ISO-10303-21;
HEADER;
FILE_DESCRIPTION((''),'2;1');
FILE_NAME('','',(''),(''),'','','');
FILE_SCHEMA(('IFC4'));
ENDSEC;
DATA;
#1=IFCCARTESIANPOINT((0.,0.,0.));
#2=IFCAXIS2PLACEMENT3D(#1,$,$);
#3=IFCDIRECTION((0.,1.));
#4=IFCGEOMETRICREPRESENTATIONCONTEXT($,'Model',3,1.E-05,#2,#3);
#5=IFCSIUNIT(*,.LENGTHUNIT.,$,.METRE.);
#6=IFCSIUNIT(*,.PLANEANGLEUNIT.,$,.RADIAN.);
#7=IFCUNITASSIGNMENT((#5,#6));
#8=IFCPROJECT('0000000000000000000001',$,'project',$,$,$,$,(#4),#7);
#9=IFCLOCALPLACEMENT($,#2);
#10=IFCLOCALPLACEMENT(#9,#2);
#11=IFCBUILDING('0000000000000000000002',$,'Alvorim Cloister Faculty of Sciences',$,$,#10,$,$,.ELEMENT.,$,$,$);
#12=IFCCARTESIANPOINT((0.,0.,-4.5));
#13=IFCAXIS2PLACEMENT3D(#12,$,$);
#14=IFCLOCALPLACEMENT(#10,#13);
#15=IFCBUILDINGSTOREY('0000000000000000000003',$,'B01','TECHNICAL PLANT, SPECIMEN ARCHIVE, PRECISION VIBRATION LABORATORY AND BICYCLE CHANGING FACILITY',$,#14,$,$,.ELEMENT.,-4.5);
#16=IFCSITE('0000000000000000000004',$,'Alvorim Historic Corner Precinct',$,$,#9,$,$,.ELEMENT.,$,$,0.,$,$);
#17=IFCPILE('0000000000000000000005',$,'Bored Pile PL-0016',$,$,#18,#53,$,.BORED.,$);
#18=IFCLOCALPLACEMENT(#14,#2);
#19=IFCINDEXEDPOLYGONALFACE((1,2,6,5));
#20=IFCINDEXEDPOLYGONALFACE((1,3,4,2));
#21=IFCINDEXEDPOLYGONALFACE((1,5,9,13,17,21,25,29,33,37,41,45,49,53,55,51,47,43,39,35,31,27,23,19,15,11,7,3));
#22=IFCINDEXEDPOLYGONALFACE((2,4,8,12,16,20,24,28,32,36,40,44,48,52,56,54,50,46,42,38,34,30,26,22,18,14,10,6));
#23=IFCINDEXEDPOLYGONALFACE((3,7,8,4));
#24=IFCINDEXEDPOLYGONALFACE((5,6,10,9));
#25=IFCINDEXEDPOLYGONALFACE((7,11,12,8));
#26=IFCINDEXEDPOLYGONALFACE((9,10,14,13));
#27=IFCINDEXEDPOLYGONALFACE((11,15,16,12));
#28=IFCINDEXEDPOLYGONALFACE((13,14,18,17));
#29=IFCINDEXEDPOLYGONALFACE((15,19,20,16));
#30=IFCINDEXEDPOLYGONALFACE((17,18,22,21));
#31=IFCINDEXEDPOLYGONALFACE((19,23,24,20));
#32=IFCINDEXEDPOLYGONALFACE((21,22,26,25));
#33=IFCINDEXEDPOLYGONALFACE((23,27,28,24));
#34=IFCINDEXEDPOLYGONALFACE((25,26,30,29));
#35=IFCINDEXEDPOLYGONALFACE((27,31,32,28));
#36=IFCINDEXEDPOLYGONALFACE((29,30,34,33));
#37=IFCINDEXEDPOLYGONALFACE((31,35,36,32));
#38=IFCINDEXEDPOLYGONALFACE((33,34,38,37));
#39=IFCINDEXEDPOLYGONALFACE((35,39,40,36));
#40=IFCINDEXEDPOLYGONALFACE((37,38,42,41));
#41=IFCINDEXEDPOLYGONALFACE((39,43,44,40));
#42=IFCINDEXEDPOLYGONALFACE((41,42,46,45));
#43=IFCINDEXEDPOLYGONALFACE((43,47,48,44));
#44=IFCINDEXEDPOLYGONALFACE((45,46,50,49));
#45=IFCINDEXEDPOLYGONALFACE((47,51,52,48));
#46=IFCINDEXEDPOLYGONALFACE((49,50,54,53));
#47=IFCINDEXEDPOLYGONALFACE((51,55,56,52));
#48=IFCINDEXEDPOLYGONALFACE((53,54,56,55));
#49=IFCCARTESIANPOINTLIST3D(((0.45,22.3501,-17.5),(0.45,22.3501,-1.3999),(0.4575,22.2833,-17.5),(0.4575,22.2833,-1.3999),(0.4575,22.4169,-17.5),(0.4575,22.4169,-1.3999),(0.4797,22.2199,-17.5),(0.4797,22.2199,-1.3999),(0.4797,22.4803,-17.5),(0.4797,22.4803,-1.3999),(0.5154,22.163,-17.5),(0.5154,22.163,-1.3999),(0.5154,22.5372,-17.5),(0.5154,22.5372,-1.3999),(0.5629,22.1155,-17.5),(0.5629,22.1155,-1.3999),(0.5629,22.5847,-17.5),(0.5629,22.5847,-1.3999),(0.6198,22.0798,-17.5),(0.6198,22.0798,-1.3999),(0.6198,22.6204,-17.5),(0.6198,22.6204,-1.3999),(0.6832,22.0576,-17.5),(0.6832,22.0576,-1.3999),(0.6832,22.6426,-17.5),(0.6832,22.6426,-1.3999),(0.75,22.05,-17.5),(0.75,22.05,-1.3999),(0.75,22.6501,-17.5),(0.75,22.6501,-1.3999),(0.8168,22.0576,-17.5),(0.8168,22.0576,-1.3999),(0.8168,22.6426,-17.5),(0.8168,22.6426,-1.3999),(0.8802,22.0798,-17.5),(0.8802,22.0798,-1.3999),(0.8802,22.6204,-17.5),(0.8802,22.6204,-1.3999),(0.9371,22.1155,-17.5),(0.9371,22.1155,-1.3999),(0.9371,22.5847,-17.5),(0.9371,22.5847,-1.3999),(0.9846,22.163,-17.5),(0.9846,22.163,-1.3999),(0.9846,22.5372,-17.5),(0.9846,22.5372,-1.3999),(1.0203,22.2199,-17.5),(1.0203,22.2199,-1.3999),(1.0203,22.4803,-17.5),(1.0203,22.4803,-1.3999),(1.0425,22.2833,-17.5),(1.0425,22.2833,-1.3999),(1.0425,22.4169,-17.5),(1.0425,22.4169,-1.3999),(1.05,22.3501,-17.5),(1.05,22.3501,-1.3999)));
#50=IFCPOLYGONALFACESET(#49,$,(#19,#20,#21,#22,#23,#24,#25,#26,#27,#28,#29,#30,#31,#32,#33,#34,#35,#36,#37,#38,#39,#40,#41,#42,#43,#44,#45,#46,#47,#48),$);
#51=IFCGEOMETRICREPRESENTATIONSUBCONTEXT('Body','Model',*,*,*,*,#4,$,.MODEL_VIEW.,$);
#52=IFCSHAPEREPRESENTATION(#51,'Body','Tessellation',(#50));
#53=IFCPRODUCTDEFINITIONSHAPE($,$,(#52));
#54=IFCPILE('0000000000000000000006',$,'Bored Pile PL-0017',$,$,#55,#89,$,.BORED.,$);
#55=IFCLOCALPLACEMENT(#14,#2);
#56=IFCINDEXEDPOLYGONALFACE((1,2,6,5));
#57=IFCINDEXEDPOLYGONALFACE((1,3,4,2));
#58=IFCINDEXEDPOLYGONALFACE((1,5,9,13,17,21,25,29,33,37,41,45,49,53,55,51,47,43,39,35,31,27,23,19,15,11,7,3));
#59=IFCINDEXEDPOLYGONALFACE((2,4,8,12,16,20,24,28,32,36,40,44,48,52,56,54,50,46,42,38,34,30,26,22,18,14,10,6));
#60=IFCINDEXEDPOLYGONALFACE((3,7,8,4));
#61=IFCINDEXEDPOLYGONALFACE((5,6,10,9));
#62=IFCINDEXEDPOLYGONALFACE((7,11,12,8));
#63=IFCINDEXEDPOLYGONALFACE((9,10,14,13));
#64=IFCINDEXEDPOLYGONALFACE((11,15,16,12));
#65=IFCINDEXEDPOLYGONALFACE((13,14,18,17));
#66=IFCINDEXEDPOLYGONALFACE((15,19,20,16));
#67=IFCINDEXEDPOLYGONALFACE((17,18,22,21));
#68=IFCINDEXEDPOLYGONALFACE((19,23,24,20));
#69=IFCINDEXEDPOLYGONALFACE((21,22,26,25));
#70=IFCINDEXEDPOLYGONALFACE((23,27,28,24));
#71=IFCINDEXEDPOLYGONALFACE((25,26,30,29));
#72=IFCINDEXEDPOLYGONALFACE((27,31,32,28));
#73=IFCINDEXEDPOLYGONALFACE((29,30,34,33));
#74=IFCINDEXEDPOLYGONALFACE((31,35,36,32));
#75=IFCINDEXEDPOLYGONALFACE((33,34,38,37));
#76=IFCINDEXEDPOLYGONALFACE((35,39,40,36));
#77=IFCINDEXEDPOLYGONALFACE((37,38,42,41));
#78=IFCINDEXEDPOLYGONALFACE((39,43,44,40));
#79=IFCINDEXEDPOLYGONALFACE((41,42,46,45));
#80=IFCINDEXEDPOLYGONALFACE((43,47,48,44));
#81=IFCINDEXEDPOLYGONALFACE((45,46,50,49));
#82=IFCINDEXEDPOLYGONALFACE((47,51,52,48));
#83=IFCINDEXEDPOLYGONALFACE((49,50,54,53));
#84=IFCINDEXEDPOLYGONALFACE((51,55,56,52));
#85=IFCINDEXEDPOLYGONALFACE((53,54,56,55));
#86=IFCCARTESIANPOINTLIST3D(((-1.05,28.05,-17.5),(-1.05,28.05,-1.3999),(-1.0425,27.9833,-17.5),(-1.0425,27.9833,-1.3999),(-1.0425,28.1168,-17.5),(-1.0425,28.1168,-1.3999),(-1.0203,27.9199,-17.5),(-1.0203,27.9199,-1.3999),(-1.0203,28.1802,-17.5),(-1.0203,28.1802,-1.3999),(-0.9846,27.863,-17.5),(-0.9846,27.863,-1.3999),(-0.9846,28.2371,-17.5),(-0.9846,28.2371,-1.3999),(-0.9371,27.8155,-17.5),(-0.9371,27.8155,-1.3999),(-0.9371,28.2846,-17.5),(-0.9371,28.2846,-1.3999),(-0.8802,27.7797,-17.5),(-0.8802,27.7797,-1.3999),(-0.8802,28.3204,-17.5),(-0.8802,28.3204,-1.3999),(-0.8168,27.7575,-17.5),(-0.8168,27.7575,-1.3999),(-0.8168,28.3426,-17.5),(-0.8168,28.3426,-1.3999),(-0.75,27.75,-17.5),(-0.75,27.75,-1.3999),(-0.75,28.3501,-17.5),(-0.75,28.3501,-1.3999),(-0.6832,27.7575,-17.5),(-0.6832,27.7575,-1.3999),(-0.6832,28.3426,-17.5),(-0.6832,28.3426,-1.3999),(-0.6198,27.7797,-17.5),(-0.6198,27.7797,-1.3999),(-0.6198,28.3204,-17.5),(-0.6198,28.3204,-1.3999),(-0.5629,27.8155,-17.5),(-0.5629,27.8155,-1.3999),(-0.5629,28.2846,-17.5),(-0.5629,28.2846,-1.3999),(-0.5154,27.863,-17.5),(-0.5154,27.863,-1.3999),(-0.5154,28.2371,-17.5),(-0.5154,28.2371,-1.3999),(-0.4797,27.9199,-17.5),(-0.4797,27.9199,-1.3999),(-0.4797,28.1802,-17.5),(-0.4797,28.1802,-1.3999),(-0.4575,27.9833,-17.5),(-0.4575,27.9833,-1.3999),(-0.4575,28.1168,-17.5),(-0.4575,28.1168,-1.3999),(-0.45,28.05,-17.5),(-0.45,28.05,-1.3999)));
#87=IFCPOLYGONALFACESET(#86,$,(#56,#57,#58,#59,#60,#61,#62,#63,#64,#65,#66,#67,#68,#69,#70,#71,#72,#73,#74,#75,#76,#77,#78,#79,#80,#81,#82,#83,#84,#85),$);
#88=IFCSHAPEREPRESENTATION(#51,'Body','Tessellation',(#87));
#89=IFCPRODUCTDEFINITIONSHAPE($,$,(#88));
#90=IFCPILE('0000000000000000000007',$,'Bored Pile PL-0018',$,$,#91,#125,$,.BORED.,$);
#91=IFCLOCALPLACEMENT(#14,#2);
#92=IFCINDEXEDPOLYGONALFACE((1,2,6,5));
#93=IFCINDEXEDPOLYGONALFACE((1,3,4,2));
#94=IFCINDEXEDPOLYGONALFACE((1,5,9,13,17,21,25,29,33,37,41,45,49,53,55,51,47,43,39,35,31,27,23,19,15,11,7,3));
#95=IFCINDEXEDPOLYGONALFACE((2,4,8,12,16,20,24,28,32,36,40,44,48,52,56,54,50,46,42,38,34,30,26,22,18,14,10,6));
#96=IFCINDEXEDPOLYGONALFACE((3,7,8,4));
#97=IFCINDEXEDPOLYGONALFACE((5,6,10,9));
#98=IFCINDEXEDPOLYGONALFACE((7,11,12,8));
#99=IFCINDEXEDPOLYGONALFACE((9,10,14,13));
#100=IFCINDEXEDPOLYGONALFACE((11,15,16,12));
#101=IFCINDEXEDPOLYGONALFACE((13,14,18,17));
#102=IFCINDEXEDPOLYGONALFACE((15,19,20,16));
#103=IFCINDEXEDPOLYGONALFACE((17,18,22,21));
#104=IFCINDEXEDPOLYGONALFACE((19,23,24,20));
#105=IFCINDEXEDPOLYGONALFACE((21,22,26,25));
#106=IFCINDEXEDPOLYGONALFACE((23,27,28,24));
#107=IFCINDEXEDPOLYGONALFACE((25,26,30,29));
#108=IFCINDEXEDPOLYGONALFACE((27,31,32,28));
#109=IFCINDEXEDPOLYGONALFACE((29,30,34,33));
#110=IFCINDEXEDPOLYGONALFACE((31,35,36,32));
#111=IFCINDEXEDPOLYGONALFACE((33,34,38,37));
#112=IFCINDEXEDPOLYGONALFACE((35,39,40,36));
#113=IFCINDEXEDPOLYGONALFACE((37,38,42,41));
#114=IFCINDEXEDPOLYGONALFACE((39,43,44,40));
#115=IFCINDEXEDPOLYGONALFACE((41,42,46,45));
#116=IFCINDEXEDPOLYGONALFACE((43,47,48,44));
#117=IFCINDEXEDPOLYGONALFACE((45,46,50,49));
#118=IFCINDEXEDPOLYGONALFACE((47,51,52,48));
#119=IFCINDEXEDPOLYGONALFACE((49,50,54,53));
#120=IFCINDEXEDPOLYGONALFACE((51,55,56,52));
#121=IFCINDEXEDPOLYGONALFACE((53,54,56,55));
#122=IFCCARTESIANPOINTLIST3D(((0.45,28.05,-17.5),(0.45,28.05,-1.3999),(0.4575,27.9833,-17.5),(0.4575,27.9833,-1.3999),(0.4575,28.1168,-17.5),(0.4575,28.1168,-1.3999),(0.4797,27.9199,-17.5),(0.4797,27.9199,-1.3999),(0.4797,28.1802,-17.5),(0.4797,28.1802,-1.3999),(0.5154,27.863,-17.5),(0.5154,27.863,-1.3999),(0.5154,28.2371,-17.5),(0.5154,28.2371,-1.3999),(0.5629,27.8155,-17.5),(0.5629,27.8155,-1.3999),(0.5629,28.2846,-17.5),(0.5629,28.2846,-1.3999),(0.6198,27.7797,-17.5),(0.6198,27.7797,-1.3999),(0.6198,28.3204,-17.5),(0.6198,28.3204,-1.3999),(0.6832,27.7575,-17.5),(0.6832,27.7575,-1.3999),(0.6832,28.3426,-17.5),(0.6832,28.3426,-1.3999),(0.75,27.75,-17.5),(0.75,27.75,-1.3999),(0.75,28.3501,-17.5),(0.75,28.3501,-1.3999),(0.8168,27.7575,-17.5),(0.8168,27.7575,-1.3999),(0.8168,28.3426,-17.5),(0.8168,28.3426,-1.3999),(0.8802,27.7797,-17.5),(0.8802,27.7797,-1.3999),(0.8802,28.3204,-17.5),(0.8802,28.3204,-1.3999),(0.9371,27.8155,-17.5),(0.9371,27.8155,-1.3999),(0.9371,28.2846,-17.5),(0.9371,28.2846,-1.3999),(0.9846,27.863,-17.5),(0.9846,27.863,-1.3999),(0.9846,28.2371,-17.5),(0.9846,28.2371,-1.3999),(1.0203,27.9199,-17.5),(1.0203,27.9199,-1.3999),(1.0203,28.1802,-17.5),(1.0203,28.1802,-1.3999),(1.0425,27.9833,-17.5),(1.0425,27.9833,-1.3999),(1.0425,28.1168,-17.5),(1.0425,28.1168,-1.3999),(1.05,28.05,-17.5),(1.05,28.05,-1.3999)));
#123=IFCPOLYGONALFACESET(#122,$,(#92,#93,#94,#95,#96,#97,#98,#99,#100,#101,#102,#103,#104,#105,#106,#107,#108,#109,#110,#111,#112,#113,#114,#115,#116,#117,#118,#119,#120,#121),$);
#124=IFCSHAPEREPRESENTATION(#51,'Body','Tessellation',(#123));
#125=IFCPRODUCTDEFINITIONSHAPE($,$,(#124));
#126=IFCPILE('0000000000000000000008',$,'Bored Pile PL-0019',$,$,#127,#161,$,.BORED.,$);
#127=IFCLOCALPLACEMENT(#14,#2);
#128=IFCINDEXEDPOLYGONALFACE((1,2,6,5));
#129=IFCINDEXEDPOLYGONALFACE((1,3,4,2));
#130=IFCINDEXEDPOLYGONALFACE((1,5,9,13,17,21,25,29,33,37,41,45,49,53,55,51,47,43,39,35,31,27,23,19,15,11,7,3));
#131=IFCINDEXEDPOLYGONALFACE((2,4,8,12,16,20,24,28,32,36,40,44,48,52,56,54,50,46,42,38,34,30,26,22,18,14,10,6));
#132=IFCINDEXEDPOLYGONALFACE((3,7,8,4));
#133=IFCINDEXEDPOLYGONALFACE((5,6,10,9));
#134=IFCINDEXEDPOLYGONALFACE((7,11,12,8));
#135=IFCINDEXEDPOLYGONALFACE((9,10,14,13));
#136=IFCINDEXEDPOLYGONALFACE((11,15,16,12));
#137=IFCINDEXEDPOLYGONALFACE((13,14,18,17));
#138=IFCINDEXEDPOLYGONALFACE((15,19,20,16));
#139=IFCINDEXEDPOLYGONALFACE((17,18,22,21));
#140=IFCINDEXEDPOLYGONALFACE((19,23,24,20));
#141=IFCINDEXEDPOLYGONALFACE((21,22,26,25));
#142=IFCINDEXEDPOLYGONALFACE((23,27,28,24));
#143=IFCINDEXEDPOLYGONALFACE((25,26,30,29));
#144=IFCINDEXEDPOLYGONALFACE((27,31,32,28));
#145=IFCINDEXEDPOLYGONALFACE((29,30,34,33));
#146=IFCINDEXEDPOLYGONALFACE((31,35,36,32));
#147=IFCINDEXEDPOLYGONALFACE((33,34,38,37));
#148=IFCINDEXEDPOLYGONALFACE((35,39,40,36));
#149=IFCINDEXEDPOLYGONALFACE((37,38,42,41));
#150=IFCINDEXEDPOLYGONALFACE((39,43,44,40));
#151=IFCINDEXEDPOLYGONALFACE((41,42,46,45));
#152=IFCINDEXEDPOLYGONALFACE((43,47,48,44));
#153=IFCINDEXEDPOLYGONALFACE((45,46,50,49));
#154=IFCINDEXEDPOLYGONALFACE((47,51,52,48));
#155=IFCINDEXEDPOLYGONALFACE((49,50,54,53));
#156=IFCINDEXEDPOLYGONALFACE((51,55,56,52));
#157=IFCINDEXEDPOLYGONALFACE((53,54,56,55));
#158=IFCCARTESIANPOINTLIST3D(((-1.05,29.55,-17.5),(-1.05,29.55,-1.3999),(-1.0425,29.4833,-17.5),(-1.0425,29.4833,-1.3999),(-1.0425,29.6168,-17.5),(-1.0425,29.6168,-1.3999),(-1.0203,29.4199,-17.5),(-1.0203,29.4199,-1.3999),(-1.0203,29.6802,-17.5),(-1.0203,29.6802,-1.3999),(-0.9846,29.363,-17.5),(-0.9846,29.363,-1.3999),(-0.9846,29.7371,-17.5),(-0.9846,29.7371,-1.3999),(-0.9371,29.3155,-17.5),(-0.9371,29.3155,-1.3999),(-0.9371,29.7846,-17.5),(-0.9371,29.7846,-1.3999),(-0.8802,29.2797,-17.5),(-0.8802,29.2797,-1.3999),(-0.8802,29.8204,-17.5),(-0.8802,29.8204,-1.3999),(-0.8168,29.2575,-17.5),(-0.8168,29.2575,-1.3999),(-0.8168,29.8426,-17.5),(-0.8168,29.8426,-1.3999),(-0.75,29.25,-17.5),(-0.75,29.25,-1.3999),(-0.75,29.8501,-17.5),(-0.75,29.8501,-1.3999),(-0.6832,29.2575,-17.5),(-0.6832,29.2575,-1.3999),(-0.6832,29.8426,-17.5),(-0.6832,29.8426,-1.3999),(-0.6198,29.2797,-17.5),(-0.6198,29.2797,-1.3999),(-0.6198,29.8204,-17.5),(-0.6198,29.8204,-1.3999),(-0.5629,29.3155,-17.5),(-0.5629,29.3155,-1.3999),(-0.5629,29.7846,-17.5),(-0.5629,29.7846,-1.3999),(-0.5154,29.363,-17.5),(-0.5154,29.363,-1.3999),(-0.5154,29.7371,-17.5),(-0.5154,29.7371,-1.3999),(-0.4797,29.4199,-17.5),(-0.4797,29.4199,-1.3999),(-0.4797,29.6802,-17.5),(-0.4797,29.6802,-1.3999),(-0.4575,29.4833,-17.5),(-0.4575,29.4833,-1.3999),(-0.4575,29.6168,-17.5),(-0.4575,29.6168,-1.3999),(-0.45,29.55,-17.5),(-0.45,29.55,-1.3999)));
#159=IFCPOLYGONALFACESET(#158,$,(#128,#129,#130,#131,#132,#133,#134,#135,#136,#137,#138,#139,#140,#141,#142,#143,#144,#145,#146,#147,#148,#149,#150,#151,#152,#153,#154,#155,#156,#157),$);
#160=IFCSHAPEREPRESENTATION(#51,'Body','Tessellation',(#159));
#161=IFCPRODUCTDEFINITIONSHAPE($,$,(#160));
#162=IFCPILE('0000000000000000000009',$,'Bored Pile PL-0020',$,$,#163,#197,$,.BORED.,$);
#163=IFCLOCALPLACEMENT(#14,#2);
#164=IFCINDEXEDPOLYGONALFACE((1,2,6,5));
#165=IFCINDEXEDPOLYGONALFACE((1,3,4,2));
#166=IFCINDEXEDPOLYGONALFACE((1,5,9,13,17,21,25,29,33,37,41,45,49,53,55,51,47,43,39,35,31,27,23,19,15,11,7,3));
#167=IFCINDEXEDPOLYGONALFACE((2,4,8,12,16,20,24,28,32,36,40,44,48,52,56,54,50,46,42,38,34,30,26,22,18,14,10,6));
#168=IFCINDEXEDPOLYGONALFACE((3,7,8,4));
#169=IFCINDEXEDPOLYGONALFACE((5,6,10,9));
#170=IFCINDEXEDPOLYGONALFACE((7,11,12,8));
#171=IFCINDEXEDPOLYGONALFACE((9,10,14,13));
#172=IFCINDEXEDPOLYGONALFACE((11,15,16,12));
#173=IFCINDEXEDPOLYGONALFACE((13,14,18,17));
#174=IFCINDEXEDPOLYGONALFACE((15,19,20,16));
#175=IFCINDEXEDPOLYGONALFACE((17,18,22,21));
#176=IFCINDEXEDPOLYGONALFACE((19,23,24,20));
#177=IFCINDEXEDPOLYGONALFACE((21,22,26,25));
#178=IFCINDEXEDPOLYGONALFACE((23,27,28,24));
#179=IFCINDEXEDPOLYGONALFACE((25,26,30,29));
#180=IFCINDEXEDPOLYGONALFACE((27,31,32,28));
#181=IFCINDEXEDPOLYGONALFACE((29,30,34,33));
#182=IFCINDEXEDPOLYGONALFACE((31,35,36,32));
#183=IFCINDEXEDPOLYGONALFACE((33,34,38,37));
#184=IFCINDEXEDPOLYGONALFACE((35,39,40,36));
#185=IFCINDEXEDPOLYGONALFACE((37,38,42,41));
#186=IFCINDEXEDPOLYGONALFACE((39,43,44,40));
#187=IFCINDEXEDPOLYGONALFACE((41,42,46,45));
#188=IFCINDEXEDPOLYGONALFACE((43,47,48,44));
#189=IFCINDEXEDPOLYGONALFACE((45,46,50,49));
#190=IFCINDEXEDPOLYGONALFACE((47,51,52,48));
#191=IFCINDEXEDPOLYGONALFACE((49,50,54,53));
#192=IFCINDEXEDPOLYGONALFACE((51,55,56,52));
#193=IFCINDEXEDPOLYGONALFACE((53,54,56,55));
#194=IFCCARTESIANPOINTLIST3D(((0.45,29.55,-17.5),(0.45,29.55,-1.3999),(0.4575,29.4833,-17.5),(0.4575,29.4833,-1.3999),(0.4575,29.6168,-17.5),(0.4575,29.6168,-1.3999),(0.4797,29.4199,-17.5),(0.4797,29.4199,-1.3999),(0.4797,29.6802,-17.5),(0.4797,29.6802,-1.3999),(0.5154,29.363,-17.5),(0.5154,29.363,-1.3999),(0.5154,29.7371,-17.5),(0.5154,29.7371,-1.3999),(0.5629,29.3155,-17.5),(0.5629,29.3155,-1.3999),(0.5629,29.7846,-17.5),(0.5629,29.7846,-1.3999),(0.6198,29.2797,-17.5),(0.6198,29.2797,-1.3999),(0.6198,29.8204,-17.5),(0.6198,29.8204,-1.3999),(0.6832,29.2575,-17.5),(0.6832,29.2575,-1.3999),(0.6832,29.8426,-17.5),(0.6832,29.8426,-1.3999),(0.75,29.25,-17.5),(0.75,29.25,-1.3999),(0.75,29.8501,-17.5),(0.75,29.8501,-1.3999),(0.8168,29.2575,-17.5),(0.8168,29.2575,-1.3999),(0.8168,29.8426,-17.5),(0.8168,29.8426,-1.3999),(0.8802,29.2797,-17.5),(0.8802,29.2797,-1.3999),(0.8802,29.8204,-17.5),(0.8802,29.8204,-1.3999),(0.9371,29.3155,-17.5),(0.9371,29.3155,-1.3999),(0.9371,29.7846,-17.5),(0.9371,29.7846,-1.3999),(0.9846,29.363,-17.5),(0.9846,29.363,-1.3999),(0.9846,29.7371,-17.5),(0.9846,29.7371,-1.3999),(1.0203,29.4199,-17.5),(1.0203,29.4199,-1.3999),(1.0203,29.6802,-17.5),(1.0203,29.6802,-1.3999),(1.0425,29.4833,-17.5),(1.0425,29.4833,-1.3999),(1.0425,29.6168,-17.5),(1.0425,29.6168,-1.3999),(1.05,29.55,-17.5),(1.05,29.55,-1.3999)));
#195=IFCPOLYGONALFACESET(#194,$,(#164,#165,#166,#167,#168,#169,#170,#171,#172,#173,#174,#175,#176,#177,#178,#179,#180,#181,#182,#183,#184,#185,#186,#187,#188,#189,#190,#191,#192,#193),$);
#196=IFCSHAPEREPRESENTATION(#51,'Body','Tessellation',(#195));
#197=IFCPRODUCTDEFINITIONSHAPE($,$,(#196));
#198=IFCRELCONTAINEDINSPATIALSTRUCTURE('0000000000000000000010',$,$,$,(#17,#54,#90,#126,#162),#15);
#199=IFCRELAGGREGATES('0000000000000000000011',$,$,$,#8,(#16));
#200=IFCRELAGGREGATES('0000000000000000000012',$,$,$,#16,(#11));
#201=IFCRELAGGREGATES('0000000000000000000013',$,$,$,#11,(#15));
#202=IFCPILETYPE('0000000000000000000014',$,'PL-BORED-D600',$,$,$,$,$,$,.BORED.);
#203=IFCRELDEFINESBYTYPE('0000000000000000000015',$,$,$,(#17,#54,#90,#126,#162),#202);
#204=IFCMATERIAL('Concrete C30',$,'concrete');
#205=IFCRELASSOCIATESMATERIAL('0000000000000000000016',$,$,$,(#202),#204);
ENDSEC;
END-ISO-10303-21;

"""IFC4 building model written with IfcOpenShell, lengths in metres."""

from ifc_helpers import new_model, si_unit, direction, frame, origin, origin_2d, place, context, subcontext, project, spatial, circle, extrude, material, material_profile, profile_set, type_object, element, save


model = new_model("IFC4")

# Units and contexts
model_context = context("Model", 3, precision=1e-05, world=origin(), true_north=direction((0.0, 1.0)))
body_context = subcontext(model_context, "Body", "Model", "MODEL_VIEW")
ifc_project = project(units=[si_unit("LENGTHUNIT", "METRE"), si_unit("PLANEANGLEUNIT", "RADIAN")], contexts=[model_context])

# Site, building, storey
site_placement = place(None, origin())
site = spatial("IfcSite", under=ifc_project, at=site_placement, Name="Alvorim Historic Corner Precinct", CompositionType="ELEMENT", RefElevation=0.0)
building_placement = place(site_placement, origin())
building = spatial("IfcBuilding", under=site, at=building_placement, Name="Alvorim Cloister Faculty of Sciences", CompositionType="ELEMENT")
storey_placement = place(building_placement, frame((0.0, 0.0, -4.5)))
storey = spatial("IfcBuildingStorey", under=building, at=storey_placement, Name="B01", Description="TECHNICAL PLANT, SPECIMEN ARCHIVE, PRECISION VIBRATION LABORATORY AND BICYCLE CHANGING FACILITY", CompositionType="ELEMENT", Elevation=-4.5)

# Piles
ifc_material_1 = material(Name="Concrete C30", Category="concrete")
ifc_material_profile_1 = material_profile(ifc_material_1, circle(Radius=0.3, at=origin_2d()), Name="PILE-D600")
ifc_profile_set_1 = profile_set([ifc_material_profile_1], Name="Concrete C30")
pile_type_1 = type_object("IfcPileType", Name="PL-BORED-D600", PredefinedType="BORED", material=ifc_profile_set_1)
for number, where, z_axis, x_axis, name in (
    (1, (0.75, 22.3501, -1.3999), (0.0, 0.0, -1.0), (1.0, 0.0, 0.0), "Bored Pile PL-0016"),
    (2, (-0.75, 28.05, -1.3999), (0.0, 0.0, -1.0), (1.0, 0.0, 0.0), "Bored Pile PL-0017"),
    (3, (0.75, 28.05, -1.3999), (0.0, 0.0, -1.0), (1.0, 0.0, 0.0), "Bored Pile PL-0018"),
    (4, (-0.75, 29.55, -1.3999), (0.0, 0.0, -1.0), (1.0, 0.0, 0.0), "Bored Pile PL-0019"),
    (5, (0.75, 29.55, -1.3999), (0.0, 0.0, -1.0), (1.0, 0.0, 0.0), "Bored Pile PL-0020"),
):
    element("IfcPile", number, at=place(storey_placement, frame(where, z_axis=z_axis, x_axis=x_axis)), inside=storey, type_object=pile_type_1, Name=name, PredefinedType="BORED", context=body_context, shape_type="SweptSolid", body=[
        extrude(circle(Radius=0.3, at=origin_2d()), origin(), (0.0, 0.0, 1.0), 16.1001),
    ])

save(model, "model.ifc")
